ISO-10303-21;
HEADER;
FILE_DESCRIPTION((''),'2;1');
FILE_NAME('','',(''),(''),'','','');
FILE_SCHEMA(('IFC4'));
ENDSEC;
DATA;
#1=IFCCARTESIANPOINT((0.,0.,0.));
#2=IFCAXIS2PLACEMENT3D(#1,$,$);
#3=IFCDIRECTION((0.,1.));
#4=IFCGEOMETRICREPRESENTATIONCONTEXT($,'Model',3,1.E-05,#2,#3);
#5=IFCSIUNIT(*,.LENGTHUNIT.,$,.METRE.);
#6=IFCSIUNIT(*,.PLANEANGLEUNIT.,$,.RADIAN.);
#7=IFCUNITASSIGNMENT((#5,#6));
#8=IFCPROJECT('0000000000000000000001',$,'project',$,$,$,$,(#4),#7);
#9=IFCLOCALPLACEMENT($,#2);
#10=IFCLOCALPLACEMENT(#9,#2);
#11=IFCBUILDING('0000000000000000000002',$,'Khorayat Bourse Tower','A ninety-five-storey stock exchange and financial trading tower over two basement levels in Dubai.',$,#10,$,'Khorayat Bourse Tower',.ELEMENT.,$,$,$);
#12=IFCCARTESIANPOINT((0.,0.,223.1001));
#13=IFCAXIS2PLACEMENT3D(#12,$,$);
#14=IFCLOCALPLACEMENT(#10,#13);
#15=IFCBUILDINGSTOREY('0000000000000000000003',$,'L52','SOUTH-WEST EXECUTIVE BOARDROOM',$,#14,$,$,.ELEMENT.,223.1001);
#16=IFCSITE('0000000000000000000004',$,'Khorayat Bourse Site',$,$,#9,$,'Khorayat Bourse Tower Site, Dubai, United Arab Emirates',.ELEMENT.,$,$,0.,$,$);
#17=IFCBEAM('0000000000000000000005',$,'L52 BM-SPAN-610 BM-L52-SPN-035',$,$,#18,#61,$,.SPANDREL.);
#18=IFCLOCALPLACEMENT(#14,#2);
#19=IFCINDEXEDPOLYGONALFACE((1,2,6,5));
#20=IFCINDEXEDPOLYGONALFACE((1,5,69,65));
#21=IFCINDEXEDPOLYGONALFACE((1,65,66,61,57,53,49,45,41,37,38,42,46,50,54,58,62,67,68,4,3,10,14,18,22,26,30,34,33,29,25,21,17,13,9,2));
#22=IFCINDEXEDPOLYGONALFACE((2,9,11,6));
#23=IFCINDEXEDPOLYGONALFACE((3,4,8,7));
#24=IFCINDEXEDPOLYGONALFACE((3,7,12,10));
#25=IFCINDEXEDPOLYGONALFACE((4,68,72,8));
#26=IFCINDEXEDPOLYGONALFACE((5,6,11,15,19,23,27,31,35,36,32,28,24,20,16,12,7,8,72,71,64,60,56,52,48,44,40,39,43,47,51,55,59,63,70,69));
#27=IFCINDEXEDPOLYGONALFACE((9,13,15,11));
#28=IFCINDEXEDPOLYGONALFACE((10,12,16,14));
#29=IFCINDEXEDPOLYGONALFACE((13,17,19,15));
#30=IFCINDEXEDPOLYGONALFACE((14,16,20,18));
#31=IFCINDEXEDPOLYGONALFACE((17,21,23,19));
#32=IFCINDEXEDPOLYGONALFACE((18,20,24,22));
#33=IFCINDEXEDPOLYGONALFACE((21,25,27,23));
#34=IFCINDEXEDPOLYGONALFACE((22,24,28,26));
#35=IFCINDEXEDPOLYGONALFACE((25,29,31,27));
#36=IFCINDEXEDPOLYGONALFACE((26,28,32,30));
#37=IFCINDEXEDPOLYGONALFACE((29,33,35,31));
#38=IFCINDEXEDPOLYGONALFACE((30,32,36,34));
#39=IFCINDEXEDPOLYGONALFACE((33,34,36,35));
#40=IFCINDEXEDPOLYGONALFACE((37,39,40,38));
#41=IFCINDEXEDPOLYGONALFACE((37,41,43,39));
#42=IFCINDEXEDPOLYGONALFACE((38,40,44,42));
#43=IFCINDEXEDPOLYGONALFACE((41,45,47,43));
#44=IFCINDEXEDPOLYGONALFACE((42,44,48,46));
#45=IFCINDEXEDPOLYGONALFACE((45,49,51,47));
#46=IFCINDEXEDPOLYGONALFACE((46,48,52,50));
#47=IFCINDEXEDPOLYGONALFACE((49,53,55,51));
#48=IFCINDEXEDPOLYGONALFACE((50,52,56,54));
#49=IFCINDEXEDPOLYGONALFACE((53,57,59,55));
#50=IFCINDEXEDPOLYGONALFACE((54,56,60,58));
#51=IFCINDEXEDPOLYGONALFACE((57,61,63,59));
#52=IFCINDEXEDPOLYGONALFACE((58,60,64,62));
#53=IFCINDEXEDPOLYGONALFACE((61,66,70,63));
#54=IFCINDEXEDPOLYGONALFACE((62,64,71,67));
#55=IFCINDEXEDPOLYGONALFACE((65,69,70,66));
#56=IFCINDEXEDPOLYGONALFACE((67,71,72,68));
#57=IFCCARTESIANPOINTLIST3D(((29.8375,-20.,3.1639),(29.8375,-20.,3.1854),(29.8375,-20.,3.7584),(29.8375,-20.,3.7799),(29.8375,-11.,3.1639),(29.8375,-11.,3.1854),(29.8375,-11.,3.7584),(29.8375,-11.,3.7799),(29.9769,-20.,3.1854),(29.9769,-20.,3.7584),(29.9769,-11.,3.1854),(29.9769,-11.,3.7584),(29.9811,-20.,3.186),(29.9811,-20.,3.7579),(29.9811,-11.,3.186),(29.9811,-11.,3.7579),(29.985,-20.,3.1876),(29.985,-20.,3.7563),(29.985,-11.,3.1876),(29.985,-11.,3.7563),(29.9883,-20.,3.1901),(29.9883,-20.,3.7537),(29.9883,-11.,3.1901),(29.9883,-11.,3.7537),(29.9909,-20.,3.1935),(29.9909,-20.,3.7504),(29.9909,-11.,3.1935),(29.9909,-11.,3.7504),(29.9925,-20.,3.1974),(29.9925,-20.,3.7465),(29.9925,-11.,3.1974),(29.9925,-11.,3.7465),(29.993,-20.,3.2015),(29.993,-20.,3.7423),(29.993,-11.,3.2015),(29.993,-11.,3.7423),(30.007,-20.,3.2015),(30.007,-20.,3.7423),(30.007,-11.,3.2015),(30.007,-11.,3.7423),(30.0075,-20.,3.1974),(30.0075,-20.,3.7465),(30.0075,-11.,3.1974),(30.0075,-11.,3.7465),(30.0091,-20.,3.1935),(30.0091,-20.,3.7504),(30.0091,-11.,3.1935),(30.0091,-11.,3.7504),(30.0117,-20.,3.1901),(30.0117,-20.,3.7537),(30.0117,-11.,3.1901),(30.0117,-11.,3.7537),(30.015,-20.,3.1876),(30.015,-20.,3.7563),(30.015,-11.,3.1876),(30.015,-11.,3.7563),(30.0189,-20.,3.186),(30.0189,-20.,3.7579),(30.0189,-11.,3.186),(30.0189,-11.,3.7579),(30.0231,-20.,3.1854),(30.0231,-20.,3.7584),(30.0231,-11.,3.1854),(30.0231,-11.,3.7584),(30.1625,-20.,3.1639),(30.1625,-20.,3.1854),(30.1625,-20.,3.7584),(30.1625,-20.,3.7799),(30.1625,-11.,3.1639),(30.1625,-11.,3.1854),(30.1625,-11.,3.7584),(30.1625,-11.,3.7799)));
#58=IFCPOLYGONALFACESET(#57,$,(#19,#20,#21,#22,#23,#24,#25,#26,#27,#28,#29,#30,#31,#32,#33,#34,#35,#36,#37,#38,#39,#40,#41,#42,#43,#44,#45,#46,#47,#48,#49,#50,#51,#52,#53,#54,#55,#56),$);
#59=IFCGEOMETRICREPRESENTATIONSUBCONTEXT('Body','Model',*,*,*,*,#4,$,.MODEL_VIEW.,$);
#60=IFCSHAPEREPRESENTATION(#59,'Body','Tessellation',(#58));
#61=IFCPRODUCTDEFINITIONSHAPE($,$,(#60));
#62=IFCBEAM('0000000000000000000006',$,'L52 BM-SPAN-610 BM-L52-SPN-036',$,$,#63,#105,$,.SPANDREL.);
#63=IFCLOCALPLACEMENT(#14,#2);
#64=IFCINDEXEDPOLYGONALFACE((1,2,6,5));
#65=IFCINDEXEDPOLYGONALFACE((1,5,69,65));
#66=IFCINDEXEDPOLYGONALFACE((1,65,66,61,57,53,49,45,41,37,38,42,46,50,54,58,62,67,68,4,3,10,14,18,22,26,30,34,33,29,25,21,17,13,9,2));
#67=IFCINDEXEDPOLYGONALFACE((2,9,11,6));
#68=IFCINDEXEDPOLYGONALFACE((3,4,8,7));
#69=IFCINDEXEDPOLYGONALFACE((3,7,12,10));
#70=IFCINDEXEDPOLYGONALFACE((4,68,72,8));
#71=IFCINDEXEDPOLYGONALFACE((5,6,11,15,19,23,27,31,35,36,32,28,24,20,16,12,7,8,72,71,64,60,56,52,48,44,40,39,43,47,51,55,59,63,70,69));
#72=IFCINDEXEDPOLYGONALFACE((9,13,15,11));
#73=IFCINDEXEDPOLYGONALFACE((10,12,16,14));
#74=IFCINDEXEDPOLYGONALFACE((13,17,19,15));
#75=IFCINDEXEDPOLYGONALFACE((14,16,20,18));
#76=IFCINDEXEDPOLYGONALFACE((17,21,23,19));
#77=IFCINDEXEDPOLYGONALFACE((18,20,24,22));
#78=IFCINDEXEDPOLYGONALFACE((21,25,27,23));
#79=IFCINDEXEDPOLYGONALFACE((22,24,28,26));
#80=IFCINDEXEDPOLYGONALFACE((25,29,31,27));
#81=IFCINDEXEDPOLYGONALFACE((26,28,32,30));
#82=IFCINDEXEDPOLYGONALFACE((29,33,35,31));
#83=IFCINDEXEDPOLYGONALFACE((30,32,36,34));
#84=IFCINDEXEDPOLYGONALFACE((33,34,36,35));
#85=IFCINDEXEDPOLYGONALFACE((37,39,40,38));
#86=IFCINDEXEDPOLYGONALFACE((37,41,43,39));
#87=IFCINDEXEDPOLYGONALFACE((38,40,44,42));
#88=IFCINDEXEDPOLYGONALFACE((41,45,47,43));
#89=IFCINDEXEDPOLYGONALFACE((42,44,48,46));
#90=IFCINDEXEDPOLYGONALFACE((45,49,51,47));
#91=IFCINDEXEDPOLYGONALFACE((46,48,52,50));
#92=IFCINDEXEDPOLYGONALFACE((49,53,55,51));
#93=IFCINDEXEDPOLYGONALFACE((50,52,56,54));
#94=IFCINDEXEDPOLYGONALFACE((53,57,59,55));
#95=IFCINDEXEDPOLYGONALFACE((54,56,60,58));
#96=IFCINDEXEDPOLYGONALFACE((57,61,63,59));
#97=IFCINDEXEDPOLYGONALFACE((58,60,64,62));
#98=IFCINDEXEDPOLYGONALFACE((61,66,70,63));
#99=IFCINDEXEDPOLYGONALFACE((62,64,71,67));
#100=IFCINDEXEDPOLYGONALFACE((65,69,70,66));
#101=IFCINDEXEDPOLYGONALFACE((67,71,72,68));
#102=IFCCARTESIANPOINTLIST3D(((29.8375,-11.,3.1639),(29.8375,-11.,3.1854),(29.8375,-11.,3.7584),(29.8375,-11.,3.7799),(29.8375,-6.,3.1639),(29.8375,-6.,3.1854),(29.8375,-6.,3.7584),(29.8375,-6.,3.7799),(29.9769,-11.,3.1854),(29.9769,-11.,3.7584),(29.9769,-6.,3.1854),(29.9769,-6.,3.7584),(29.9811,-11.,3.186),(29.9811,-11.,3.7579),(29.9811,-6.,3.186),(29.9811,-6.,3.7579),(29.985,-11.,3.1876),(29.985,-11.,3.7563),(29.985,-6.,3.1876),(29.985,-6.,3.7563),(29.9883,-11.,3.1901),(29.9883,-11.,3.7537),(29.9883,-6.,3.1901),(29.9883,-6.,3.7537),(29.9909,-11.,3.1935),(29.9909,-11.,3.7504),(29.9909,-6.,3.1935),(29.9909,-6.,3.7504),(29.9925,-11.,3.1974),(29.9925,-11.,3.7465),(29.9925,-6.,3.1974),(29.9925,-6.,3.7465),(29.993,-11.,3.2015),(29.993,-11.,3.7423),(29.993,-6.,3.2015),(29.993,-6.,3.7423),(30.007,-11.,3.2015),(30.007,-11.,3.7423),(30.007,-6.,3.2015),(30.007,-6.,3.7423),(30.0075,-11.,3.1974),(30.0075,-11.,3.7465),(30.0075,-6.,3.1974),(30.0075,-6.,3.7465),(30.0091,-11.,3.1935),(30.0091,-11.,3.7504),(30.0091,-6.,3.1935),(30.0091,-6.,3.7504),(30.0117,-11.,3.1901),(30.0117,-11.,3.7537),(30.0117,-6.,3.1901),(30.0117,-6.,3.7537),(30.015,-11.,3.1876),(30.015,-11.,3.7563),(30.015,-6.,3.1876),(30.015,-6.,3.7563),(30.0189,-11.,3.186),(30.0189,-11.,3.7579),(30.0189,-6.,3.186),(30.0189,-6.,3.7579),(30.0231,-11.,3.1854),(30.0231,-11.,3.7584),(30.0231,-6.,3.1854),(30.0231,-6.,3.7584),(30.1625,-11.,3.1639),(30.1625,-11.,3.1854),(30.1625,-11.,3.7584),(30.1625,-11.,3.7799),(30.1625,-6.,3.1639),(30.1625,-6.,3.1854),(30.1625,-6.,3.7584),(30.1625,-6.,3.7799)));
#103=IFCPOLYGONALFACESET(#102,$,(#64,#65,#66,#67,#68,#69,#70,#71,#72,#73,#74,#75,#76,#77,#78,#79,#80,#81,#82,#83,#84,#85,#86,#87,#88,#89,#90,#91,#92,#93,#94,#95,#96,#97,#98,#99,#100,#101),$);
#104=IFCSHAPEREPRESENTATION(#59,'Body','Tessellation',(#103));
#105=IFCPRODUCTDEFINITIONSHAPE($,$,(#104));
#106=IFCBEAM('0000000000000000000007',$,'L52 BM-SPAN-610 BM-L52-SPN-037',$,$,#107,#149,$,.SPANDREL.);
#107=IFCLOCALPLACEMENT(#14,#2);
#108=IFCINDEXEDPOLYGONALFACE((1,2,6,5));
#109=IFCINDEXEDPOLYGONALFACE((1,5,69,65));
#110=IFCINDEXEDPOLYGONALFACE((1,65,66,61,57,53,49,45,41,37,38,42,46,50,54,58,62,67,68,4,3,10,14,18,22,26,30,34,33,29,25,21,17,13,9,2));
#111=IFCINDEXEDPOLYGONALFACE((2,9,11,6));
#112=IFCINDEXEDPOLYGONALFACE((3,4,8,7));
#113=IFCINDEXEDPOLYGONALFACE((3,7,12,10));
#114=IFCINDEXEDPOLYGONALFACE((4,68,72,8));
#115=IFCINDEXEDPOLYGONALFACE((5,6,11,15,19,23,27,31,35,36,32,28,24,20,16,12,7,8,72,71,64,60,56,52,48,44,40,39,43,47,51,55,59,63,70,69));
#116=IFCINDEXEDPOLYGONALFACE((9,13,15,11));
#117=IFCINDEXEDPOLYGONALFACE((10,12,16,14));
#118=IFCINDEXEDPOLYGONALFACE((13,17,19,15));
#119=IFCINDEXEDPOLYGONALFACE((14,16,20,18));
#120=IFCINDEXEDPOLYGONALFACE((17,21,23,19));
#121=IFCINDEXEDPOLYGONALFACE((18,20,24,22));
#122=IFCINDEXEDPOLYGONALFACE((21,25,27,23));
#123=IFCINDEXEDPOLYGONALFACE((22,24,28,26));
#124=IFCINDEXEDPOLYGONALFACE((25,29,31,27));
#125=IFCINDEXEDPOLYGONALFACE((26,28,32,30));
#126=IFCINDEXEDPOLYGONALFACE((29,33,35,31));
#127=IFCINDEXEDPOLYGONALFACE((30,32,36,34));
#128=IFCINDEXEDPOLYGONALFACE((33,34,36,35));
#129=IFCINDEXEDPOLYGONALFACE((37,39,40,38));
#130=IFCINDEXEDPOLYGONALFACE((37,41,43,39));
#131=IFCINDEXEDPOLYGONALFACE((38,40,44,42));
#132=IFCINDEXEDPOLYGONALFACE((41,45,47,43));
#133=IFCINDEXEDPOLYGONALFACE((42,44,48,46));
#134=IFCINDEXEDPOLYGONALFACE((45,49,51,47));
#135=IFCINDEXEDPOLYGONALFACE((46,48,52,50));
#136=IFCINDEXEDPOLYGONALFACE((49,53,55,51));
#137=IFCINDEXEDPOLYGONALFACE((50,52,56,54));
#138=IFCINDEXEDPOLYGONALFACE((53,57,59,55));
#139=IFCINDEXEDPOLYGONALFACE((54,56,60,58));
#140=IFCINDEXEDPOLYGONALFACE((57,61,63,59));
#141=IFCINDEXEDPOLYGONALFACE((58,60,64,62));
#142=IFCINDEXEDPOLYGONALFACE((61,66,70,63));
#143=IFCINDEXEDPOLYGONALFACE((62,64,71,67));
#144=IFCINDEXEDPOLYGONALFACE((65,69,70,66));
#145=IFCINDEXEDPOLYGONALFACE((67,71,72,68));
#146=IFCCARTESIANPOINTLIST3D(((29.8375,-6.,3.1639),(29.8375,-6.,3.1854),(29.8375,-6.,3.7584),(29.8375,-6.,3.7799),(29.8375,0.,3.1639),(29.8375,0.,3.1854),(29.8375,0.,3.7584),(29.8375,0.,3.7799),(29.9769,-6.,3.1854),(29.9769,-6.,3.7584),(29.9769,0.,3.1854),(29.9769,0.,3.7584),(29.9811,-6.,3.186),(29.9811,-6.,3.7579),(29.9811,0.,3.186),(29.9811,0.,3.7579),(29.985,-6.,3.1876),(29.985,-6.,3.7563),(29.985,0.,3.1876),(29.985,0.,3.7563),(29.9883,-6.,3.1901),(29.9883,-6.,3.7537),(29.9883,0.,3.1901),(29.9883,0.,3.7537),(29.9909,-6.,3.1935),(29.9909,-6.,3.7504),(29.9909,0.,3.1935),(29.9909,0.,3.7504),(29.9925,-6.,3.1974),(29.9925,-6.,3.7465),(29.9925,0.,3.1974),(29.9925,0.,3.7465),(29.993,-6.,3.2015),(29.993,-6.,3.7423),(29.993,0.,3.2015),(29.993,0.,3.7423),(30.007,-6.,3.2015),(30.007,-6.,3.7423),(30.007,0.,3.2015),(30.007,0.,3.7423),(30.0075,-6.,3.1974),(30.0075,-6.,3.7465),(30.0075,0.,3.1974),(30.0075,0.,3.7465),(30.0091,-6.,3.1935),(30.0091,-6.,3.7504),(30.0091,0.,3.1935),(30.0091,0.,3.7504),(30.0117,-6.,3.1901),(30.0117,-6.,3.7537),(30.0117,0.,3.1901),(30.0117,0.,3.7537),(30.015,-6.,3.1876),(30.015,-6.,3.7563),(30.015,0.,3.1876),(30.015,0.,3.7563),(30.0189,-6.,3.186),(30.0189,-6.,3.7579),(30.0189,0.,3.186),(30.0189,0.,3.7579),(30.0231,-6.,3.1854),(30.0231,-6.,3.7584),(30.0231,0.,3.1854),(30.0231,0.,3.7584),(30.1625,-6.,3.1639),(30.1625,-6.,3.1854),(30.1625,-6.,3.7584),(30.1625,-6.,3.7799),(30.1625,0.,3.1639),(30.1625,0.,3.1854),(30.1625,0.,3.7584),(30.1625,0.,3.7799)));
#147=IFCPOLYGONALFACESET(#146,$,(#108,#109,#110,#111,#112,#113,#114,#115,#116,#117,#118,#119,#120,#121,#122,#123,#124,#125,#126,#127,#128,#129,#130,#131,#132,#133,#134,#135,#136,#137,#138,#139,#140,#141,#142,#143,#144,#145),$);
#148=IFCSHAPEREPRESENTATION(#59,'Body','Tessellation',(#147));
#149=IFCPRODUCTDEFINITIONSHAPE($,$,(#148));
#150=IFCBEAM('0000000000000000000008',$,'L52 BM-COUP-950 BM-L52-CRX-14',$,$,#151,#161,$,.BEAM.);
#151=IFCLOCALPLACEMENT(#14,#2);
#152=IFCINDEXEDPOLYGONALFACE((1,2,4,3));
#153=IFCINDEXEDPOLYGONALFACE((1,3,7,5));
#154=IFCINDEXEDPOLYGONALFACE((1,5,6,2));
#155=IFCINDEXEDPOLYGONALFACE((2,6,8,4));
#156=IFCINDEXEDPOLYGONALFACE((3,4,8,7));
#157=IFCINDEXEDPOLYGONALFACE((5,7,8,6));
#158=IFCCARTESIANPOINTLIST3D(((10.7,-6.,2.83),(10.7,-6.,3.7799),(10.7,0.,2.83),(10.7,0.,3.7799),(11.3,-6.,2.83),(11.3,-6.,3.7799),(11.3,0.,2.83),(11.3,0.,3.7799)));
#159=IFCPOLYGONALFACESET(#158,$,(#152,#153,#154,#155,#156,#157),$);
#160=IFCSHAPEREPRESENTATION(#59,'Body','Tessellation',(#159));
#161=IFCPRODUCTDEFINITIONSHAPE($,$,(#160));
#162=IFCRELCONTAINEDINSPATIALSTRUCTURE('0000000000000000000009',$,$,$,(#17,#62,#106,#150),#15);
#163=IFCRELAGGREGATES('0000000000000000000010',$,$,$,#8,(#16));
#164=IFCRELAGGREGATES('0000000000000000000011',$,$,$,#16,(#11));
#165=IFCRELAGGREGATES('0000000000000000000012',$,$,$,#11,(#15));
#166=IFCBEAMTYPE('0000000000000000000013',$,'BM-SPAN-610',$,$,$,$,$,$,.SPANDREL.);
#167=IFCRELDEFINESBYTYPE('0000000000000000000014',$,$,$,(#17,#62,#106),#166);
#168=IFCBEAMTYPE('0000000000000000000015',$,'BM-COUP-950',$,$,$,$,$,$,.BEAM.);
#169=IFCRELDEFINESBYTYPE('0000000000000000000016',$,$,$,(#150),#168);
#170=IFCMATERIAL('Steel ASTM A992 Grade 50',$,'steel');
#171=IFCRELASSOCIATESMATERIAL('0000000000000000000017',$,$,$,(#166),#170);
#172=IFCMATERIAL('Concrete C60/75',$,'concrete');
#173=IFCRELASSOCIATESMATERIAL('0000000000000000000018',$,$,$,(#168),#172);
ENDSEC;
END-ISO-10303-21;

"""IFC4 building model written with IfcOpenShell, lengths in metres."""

from ifc_helpers import new_model, si_unit, direction, frame, origin, origin_2d, place, context, subcontext, project, spatial, rectangle, i_section, extrude, source, transform, mapped, material, material_profile, profile_set, type_object, element, save


model = new_model("IFC4")

# Units and contexts
model_context = context("Model", 3, precision=1e-05, world=origin(), true_north=direction((0.0, 1.0)))
body_context = subcontext(model_context, "Body", "Model", "MODEL_VIEW")
ifc_project = project(units=[si_unit("LENGTHUNIT", "METRE"), si_unit("PLANEANGLEUNIT", "RADIAN")], contexts=[model_context])

# Site, building, storey
site_placement = place(None, origin())
site = spatial("IfcSite", under=ifc_project, at=site_placement, Name="Khorayat Bourse Site", LongName="Khorayat Bourse Tower Site, Dubai, United Arab Emirates", CompositionType="ELEMENT", RefElevation=0.0)
building_placement = place(site_placement, origin())
building = spatial("IfcBuilding", under=site, at=building_placement, Name="Khorayat Bourse Tower", Description="A ninety-five-storey stock exchange and financial trading tower over two basement levels in Dubai.", LongName="Khorayat Bourse Tower", CompositionType="ELEMENT")
storey_placement = place(building_placement, frame((0.0, 0.0, 223.1001)))
storey = spatial("IfcBuildingStorey", under=building, at=storey_placement, Name="L52", Description="SOUTH-WEST EXECUTIVE BOARDROOM", CompositionType="ELEMENT", Elevation=223.1001)

# Beams
ifc_material_1 = material(Name="Steel ASTM A992 Grade 50", Category="steel")
ifc_material_profile_1 = material_profile(ifc_material_1, i_section(OverallWidth=0.325, OverallDepth=0.616, WebThickness=0.0139, FlangeThickness=0.0215, FilletRadius=0.0161, at=origin_2d()), Name="W610X174")
ifc_profile_set_1 = profile_set([ifc_material_profile_1], Name="Steel ASTM A992 Grade 50")
beam_type_1 = type_object("IfcBeamType", Name="BM-SPAN-610", PredefinedType="SPANDREL", material=ifc_profile_set_1)
shared_shape_1 = source(origin(), body_context, "Body", "SweptSolid", [
    extrude(i_section(OverallWidth=0.325, OverallDepth=0.616, WebThickness=0.0139, FlangeThickness=0.0215, FilletRadius=0.0161, at=origin_2d()), origin(), (0.0, 0.0, 1.0), 9.0),
])
beam_1_placement = place(storey_placement, frame((30.0, -20.0, 3.4719), z_axis=(0.0, 1.0, 0.0), x_axis=(-1.0, 0.0, 0.0)))
element("IfcBeam", 1, at=beam_1_placement, inside=storey, type_object=beam_type_1, Name="L52 BM-SPAN-610 BM-L52-SPN-035", PredefinedType="SPANDREL", context=body_context, shape_type="MappedRepresentation", body=[
    mapped(shared_shape_1, transform((0.0, 0.0, 0.0), scale=1.0)),
])
shared_shape_2 = source(origin(), body_context, "Body", "SweptSolid", [
    extrude(i_section(OverallWidth=0.325, OverallDepth=0.616, WebThickness=0.0139, FlangeThickness=0.0215, FilletRadius=0.0161, at=origin_2d()), origin(), (0.0, 0.0, 1.0), 5.0),
])
beam_2_placement = place(storey_placement, frame((30.0, -11.0, 3.4719), z_axis=(0.0, 1.0, 0.0), x_axis=(-1.0, 0.0, 0.0)))
element("IfcBeam", 2, at=beam_2_placement, inside=storey, type_object=beam_type_1, Name="L52 BM-SPAN-610 BM-L52-SPN-036", PredefinedType="SPANDREL", context=body_context, shape_type="MappedRepresentation", body=[
    mapped(shared_shape_2, transform((0.0, 0.0, 0.0), scale=1.0)),
])
shared_shape_3 = source(origin(), body_context, "Body", "SweptSolid", [
    extrude(i_section(OverallWidth=0.325, OverallDepth=0.616, WebThickness=0.0139, FlangeThickness=0.0215, FilletRadius=0.0161, at=origin_2d()), origin(), (0.0, 0.0, 1.0), 6.0),
])
beam_3_placement = place(storey_placement, frame((30.0, -6.0, 3.4719), z_axis=(0.0, 1.0, 0.0), x_axis=(-1.0, 0.0, 0.0)))
element("IfcBeam", 3, at=beam_3_placement, inside=storey, type_object=beam_type_1, Name="L52 BM-SPAN-610 BM-L52-SPN-037", PredefinedType="SPANDREL", context=body_context, shape_type="MappedRepresentation", body=[
    mapped(shared_shape_3, transform((0.0, 0.0, 0.0), scale=1.0)),
])
ifc_material_2 = material(Name="Concrete C60/75", Category="concrete")
ifc_material_profile_2 = material_profile(ifc_material_2, rectangle(XDim=0.6001, YDim=0.95, at=origin_2d()), Name="RC 600x950")
ifc_profile_set_2 = profile_set([ifc_material_profile_2], Name="Concrete C60/75")
beam_type_2 = type_object("IfcBeamType", Name="BM-COUP-950", PredefinedType="BEAM", material=ifc_profile_set_2)
shared_shape_4 = source(origin(), body_context, "Body", "SweptSolid", [
    extrude(rectangle(XDim=0.6001, YDim=0.95, at=origin_2d()), origin(), (0.0, 0.0, 1.0), 6.0),
])
beam_4_placement = place(storey_placement, frame((11.0, -6.0, 3.3049), z_axis=(0.0, 1.0, 0.0), x_axis=(-1.0, 0.0, 0.0)))
element("IfcBeam", 4, at=beam_4_placement, inside=storey, type_object=beam_type_2, Name="L52 BM-COUP-950 BM-L52-CRX-14", PredefinedType="BEAM", context=body_context, shape_type="MappedRepresentation", body=[
    mapped(shared_shape_4, transform((0.0, 0.0, 0.0), scale=1.0)),
])

save(model, "model.ifc")
